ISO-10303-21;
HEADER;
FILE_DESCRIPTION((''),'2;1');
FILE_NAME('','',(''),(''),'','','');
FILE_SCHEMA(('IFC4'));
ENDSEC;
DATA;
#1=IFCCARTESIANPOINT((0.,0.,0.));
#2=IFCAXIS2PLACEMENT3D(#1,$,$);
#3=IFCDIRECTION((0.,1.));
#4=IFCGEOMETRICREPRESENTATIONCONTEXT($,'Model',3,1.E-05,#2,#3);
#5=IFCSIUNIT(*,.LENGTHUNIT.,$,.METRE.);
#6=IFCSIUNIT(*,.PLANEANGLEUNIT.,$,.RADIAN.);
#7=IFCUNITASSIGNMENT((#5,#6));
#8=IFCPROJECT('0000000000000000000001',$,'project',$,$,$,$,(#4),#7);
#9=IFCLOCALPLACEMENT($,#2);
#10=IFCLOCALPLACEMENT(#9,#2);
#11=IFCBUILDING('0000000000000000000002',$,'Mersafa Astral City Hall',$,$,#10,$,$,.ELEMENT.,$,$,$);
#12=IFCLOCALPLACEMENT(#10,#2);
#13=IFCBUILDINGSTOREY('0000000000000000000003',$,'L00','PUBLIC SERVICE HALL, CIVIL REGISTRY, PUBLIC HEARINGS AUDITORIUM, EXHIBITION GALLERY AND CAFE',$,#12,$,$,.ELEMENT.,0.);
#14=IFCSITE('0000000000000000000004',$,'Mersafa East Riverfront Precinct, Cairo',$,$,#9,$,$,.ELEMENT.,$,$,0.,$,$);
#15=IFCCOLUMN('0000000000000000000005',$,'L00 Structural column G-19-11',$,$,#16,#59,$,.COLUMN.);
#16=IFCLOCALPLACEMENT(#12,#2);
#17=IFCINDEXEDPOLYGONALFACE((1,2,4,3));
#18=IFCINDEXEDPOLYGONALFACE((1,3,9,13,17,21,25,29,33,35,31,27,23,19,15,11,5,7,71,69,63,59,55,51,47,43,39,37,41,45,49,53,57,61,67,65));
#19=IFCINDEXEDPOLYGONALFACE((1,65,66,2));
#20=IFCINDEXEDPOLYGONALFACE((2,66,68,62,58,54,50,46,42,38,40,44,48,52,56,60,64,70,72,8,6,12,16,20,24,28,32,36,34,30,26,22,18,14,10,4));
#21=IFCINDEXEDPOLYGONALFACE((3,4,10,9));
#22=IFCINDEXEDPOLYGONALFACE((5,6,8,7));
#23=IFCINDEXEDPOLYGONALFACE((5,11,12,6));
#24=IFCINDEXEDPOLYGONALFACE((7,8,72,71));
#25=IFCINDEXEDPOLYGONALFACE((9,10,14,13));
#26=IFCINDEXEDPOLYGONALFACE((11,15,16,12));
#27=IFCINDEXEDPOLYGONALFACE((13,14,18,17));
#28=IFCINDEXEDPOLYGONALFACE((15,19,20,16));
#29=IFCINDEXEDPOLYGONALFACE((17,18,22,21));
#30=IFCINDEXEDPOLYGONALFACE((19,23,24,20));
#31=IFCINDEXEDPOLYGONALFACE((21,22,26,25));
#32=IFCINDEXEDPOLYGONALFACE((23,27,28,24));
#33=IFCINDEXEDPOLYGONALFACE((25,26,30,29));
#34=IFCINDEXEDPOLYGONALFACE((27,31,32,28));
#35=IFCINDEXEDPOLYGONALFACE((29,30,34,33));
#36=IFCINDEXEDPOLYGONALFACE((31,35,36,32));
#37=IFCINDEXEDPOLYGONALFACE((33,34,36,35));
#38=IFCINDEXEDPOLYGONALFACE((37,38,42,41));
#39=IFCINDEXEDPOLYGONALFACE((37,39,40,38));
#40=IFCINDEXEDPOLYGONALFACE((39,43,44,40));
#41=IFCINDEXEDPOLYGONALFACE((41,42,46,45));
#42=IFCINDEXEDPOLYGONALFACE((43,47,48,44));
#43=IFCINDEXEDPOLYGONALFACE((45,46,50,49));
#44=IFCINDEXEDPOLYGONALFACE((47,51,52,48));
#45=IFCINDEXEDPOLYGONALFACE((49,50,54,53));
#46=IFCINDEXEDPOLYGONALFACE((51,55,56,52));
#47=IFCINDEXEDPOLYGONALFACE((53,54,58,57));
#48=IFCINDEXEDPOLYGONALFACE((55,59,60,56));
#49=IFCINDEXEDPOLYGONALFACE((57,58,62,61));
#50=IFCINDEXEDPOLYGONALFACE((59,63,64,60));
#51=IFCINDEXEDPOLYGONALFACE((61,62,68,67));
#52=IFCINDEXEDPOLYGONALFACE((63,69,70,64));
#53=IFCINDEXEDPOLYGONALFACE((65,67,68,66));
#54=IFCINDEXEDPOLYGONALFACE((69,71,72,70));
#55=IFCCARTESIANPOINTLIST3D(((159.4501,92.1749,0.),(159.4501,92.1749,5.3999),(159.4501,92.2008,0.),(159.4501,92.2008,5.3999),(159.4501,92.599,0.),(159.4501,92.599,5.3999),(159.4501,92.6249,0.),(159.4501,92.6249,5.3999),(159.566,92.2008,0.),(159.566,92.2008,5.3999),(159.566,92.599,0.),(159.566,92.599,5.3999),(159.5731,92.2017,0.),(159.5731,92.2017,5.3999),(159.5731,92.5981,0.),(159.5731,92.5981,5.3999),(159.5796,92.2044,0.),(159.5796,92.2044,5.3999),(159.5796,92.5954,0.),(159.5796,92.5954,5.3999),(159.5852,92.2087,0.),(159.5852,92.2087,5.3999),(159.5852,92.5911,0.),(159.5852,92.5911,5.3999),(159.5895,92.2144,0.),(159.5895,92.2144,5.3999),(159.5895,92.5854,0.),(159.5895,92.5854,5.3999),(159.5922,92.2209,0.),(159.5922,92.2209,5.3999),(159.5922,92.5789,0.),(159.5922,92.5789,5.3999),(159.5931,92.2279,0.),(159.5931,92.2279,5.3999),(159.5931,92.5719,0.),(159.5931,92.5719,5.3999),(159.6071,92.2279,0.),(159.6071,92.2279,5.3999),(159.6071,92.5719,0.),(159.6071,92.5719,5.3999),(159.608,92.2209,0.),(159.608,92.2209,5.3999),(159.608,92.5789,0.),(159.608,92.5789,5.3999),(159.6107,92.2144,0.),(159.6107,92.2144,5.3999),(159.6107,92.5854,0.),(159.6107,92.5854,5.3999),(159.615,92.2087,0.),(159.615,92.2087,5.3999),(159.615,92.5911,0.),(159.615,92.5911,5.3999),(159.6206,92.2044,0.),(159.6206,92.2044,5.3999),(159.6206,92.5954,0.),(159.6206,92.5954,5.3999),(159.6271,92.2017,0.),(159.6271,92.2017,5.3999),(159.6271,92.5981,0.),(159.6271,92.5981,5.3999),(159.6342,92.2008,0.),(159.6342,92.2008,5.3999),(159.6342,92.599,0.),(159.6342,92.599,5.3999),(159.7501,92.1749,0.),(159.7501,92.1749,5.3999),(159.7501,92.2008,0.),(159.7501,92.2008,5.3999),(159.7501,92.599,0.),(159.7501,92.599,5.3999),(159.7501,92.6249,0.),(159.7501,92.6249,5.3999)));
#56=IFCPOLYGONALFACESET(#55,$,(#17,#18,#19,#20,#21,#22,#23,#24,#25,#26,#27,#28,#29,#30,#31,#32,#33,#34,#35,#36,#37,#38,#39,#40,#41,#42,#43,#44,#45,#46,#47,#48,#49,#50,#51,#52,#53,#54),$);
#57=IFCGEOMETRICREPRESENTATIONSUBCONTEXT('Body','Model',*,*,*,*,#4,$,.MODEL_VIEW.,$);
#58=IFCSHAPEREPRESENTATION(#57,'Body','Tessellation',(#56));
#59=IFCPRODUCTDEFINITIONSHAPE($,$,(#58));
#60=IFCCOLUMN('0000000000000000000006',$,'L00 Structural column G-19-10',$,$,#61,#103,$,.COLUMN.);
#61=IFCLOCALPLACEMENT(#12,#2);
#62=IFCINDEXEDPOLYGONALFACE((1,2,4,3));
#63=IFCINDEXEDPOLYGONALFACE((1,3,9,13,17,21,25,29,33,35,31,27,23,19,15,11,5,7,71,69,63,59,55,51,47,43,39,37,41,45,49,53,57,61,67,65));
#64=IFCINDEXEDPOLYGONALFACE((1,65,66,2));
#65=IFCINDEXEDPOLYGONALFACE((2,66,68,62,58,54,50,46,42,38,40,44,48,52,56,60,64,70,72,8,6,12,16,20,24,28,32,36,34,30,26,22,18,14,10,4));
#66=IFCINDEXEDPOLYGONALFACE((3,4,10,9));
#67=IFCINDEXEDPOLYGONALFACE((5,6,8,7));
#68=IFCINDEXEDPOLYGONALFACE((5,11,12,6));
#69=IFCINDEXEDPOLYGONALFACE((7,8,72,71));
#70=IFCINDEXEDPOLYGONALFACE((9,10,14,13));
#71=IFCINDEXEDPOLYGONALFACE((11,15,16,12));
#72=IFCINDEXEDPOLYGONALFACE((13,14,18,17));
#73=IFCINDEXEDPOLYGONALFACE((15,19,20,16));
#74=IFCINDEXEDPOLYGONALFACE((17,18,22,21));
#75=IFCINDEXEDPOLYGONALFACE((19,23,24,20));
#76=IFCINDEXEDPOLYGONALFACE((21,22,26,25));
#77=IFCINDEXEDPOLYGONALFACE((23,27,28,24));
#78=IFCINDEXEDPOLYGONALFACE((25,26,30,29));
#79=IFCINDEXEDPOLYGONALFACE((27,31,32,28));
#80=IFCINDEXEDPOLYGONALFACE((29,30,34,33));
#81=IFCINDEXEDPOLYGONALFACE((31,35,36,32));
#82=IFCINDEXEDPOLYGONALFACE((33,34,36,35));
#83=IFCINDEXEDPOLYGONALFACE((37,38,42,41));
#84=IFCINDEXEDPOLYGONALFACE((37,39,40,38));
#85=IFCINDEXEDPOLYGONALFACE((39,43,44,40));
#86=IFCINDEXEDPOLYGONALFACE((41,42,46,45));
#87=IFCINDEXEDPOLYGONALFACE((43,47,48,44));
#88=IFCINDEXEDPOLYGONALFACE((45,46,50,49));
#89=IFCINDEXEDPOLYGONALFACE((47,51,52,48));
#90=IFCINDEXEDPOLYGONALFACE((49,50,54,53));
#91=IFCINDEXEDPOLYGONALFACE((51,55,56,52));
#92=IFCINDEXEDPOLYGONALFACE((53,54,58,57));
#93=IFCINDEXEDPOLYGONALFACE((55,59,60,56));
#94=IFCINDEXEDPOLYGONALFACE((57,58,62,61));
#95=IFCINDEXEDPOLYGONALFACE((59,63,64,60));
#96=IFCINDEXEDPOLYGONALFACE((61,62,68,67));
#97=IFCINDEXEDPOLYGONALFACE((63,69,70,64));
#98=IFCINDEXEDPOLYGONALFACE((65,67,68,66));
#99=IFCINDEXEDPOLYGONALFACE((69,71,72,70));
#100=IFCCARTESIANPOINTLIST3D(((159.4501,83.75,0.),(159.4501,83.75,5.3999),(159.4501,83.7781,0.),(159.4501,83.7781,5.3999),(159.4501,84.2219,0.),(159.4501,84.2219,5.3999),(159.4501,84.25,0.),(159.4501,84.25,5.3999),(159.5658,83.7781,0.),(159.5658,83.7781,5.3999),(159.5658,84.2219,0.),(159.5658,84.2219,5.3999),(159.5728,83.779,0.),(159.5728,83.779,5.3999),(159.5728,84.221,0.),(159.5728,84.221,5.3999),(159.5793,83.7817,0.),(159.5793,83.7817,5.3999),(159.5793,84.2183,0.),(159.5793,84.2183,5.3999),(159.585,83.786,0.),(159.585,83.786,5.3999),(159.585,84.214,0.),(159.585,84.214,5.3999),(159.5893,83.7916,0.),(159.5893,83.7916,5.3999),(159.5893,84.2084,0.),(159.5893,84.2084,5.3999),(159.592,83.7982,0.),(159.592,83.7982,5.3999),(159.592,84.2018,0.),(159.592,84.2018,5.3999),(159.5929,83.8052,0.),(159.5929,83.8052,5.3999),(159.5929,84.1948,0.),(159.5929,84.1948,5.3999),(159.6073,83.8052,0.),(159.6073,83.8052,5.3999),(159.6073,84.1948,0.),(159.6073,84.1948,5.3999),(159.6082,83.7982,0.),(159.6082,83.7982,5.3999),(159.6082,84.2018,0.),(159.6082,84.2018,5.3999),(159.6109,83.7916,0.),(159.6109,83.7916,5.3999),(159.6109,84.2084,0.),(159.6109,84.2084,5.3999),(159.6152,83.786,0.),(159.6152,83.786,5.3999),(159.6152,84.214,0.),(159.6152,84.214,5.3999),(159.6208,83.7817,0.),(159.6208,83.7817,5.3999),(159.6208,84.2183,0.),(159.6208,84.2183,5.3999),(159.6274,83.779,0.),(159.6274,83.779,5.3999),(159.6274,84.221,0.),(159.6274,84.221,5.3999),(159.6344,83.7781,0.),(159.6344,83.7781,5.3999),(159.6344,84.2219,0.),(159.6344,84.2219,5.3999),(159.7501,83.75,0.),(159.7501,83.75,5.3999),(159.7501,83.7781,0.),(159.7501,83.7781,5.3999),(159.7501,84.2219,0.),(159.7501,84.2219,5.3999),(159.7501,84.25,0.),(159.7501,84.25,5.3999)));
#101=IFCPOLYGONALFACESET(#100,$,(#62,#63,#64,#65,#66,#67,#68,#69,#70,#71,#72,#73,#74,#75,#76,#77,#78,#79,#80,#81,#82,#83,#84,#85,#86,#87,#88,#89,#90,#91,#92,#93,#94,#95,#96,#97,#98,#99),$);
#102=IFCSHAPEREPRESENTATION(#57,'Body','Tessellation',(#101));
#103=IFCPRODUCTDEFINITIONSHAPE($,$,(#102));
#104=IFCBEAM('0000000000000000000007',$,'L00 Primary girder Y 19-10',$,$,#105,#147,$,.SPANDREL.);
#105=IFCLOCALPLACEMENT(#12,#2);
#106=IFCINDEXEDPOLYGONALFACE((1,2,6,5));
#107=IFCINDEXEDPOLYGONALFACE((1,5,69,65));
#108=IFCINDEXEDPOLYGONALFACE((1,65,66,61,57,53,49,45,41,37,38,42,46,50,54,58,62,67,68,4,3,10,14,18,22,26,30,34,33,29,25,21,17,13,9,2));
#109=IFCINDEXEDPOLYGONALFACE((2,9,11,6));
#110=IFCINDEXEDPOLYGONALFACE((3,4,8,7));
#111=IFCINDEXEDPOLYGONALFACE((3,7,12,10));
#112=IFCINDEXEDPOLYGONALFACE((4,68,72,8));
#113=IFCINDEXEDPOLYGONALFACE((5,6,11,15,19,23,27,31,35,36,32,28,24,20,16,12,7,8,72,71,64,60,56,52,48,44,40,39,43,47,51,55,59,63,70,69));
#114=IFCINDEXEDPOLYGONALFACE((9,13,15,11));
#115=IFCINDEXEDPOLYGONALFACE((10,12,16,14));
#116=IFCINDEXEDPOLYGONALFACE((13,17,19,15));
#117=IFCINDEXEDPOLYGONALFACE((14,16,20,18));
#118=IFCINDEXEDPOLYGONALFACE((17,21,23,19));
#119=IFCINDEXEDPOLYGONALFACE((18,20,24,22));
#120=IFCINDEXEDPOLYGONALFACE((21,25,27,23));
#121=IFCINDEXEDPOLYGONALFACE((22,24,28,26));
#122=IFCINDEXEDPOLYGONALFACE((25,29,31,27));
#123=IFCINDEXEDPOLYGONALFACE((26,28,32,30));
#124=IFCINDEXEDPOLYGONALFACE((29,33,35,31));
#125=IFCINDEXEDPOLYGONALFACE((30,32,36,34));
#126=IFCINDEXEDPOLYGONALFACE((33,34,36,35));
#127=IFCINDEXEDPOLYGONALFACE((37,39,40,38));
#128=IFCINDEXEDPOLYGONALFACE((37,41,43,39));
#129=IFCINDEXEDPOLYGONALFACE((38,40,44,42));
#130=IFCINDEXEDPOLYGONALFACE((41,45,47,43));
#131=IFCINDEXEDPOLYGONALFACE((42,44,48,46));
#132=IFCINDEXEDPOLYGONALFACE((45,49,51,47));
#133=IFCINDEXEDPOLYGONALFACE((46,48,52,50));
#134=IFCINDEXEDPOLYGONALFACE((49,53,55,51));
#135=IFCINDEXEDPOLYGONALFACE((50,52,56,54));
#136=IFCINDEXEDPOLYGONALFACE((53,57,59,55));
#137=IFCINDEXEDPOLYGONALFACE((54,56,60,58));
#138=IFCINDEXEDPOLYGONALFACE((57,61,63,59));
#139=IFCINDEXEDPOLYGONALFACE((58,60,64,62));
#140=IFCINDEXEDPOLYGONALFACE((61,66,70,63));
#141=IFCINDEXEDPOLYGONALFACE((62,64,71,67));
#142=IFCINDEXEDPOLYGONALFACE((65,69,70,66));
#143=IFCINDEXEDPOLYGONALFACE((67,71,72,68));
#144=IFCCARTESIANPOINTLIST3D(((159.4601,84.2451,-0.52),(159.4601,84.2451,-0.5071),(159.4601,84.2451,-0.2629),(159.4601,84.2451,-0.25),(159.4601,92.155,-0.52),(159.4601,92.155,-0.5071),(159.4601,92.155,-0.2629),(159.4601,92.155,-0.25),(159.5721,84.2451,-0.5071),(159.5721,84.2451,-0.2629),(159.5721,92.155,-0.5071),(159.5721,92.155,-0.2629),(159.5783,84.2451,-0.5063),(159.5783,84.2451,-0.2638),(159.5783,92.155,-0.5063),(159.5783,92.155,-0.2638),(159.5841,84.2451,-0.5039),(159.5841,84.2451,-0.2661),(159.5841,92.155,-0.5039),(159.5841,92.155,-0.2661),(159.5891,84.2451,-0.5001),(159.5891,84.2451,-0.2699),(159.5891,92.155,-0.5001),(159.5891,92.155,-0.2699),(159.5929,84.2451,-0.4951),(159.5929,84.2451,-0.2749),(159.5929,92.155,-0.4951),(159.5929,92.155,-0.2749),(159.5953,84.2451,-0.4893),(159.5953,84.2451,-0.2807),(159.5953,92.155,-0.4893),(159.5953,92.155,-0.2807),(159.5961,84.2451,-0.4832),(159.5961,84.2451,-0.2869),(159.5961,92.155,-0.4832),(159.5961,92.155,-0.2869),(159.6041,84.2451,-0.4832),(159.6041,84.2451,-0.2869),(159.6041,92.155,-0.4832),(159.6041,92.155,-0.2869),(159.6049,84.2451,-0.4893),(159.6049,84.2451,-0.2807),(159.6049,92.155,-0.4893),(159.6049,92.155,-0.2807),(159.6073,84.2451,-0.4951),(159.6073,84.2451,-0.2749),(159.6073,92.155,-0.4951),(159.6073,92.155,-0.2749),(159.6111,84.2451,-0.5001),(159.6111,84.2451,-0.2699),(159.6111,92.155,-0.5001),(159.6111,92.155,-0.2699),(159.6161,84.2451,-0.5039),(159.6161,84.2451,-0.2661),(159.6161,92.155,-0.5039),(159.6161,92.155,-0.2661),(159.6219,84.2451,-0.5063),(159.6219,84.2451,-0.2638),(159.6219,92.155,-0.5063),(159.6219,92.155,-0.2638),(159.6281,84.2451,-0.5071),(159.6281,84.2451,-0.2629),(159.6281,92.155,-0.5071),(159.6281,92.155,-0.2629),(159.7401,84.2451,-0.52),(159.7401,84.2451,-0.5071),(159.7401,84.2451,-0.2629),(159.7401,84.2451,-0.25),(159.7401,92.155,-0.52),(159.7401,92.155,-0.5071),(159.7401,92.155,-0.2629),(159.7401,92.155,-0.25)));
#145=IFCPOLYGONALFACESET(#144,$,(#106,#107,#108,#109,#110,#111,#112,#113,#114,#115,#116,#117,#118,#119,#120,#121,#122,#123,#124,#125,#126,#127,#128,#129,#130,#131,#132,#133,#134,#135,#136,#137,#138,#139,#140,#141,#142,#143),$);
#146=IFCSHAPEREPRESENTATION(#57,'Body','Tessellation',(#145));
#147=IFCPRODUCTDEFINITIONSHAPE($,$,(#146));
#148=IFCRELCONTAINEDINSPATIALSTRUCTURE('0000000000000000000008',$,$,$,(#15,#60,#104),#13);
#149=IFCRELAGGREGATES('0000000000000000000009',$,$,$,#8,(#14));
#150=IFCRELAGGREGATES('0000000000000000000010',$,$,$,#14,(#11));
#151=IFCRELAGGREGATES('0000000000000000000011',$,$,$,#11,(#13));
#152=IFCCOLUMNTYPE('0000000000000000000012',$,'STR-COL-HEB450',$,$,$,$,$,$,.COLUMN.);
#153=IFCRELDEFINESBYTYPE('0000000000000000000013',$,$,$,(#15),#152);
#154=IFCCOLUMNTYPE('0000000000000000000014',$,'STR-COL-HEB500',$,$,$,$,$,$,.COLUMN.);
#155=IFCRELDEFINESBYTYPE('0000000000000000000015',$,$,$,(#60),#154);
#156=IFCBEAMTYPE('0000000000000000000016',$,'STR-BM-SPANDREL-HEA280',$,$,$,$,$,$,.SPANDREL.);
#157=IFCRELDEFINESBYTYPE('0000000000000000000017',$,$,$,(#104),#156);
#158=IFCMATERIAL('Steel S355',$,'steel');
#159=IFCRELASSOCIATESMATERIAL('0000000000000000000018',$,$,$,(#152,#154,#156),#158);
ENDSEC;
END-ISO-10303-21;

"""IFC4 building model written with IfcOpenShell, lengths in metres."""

from ifc_helpers import new_model, si_unit, direction, frame, origin, origin_2d, place, context, subcontext, project, spatial, i_section, extrude, material, material_profile, profile_set, type_object, element, save


model = new_model("IFC4")

# Units and contexts
model_context = context("Model", 3, precision=1e-05, world=origin(), true_north=direction((0.0, 1.0)))
body_context = subcontext(model_context, "Body", "Model", "MODEL_VIEW")
ifc_project = project(units=[si_unit("LENGTHUNIT", "METRE"), si_unit("PLANEANGLEUNIT", "RADIAN")], contexts=[model_context])

# Site, building, storey
site_placement = place(None, origin())
site = spatial("IfcSite", under=ifc_project, at=site_placement, Name="Mersafa East Riverfront Precinct, Cairo", CompositionType="ELEMENT", RefElevation=0.0)
building_placement = place(site_placement, origin())
building = spatial("IfcBuilding", under=site, at=building_placement, Name="Mersafa Astral City Hall", CompositionType="ELEMENT")
storey_placement = place(building_placement, origin())
storey = spatial("IfcBuildingStorey", under=building, at=storey_placement, Name="L00", Description="PUBLIC SERVICE HALL, CIVIL REGISTRY, PUBLIC HEARINGS AUDITORIUM, EXHIBITION GALLERY AND CAFE", CompositionType="ELEMENT", Elevation=0.0)

# Columns
ifc_material_1 = material(Name="Steel S355", Category="steel")
ifc_material_profile_1 = material_profile(ifc_material_1, i_section(OverallWidth=0.3, OverallDepth=0.45, WebThickness=0.0139, FlangeThickness=0.0259, FilletRadius=0.0271, at=origin_2d()), Name="HEB 450")
ifc_profile_set_1 = profile_set([ifc_material_profile_1], Name="Steel S355")
column_type_1 = type_object("IfcColumnType", Name="STR-COL-HEB450", PredefinedType="COLUMN", material=ifc_profile_set_1)
column_1_placement = place(storey_placement, frame((159.6001, 92.3999, 0.0), z_axis=(0.0, 0.0, 1.0), x_axis=(1.0, 0.0, 0.0)))
element("IfcColumn", 1, at=column_1_placement, inside=storey, type_object=column_type_1, Name="L00 Structural column G-19-11", PredefinedType="COLUMN", context=body_context, shape_type="SweptSolid", body=[
    extrude(i_section(OverallWidth=0.3, OverallDepth=0.45, WebThickness=0.0139, FlangeThickness=0.0259, FilletRadius=0.0271, at=origin_2d()), origin(), (0.0, 0.0, 1.0), 5.3999),
])
ifc_material_profile_2 = material_profile(ifc_material_1, i_section(OverallWidth=0.3, OverallDepth=0.5, WebThickness=0.0144, FlangeThickness=0.0281, FilletRadius=0.0271, at=origin_2d()), Name="HEB 500")
ifc_profile_set_2 = profile_set([ifc_material_profile_2], Name="Steel S355")
column_type_2 = type_object("IfcColumnType", Name="STR-COL-HEB500", PredefinedType="COLUMN", material=ifc_profile_set_2)
column_2_placement = place(storey_placement, frame((159.6001, 84.0, 0.0), z_axis=(0.0, 0.0, 1.0), x_axis=(1.0, 0.0, 0.0)))
element("IfcColumn", 2, at=column_2_placement, inside=storey, type_object=column_type_2, Name="L00 Structural column G-19-10", PredefinedType="COLUMN", context=body_context, shape_type="SweptSolid", body=[
    extrude(i_section(OverallWidth=0.3, OverallDepth=0.5, WebThickness=0.0144, FlangeThickness=0.0281, FilletRadius=0.0271, at=origin_2d()), origin(), (0.0, 0.0, 1.0), 5.3999),
])

# Beam
ifc_material_profile_3 = material_profile(ifc_material_1, i_section(OverallWidth=0.28, OverallDepth=0.27, WebThickness=0.0081, FlangeThickness=0.0129, FilletRadius=0.0239, at=origin_2d()), Name="HEA 280")
ifc_profile_set_3 = profile_set([ifc_material_profile_3], Name="Steel S355")
beam_type_1 = type_object("IfcBeamType", Name="STR-BM-SPANDREL-HEA280", PredefinedType="SPANDREL", material=ifc_profile_set_3)
beam_1_placement = place(storey_placement, frame((159.6001, 84.2451, -0.385), z_axis=(0.0, 1.0, 0.0), x_axis=(-1.0, 0.0, 0.0)))
element("IfcBeam", 3, at=beam_1_placement, inside=storey, type_object=beam_type_1, Name="L00 Primary girder Y 19-10", PredefinedType="SPANDREL", context=body_context, shape_type="SweptSolid", body=[
    extrude(i_section(OverallWidth=0.28, OverallDepth=0.27, WebThickness=0.0081, FlangeThickness=0.0129, FilletRadius=0.0239, at=origin_2d()), origin(), (0.0, 0.0, 1.0), 7.9099),
])

save(model, "model.ifc")
